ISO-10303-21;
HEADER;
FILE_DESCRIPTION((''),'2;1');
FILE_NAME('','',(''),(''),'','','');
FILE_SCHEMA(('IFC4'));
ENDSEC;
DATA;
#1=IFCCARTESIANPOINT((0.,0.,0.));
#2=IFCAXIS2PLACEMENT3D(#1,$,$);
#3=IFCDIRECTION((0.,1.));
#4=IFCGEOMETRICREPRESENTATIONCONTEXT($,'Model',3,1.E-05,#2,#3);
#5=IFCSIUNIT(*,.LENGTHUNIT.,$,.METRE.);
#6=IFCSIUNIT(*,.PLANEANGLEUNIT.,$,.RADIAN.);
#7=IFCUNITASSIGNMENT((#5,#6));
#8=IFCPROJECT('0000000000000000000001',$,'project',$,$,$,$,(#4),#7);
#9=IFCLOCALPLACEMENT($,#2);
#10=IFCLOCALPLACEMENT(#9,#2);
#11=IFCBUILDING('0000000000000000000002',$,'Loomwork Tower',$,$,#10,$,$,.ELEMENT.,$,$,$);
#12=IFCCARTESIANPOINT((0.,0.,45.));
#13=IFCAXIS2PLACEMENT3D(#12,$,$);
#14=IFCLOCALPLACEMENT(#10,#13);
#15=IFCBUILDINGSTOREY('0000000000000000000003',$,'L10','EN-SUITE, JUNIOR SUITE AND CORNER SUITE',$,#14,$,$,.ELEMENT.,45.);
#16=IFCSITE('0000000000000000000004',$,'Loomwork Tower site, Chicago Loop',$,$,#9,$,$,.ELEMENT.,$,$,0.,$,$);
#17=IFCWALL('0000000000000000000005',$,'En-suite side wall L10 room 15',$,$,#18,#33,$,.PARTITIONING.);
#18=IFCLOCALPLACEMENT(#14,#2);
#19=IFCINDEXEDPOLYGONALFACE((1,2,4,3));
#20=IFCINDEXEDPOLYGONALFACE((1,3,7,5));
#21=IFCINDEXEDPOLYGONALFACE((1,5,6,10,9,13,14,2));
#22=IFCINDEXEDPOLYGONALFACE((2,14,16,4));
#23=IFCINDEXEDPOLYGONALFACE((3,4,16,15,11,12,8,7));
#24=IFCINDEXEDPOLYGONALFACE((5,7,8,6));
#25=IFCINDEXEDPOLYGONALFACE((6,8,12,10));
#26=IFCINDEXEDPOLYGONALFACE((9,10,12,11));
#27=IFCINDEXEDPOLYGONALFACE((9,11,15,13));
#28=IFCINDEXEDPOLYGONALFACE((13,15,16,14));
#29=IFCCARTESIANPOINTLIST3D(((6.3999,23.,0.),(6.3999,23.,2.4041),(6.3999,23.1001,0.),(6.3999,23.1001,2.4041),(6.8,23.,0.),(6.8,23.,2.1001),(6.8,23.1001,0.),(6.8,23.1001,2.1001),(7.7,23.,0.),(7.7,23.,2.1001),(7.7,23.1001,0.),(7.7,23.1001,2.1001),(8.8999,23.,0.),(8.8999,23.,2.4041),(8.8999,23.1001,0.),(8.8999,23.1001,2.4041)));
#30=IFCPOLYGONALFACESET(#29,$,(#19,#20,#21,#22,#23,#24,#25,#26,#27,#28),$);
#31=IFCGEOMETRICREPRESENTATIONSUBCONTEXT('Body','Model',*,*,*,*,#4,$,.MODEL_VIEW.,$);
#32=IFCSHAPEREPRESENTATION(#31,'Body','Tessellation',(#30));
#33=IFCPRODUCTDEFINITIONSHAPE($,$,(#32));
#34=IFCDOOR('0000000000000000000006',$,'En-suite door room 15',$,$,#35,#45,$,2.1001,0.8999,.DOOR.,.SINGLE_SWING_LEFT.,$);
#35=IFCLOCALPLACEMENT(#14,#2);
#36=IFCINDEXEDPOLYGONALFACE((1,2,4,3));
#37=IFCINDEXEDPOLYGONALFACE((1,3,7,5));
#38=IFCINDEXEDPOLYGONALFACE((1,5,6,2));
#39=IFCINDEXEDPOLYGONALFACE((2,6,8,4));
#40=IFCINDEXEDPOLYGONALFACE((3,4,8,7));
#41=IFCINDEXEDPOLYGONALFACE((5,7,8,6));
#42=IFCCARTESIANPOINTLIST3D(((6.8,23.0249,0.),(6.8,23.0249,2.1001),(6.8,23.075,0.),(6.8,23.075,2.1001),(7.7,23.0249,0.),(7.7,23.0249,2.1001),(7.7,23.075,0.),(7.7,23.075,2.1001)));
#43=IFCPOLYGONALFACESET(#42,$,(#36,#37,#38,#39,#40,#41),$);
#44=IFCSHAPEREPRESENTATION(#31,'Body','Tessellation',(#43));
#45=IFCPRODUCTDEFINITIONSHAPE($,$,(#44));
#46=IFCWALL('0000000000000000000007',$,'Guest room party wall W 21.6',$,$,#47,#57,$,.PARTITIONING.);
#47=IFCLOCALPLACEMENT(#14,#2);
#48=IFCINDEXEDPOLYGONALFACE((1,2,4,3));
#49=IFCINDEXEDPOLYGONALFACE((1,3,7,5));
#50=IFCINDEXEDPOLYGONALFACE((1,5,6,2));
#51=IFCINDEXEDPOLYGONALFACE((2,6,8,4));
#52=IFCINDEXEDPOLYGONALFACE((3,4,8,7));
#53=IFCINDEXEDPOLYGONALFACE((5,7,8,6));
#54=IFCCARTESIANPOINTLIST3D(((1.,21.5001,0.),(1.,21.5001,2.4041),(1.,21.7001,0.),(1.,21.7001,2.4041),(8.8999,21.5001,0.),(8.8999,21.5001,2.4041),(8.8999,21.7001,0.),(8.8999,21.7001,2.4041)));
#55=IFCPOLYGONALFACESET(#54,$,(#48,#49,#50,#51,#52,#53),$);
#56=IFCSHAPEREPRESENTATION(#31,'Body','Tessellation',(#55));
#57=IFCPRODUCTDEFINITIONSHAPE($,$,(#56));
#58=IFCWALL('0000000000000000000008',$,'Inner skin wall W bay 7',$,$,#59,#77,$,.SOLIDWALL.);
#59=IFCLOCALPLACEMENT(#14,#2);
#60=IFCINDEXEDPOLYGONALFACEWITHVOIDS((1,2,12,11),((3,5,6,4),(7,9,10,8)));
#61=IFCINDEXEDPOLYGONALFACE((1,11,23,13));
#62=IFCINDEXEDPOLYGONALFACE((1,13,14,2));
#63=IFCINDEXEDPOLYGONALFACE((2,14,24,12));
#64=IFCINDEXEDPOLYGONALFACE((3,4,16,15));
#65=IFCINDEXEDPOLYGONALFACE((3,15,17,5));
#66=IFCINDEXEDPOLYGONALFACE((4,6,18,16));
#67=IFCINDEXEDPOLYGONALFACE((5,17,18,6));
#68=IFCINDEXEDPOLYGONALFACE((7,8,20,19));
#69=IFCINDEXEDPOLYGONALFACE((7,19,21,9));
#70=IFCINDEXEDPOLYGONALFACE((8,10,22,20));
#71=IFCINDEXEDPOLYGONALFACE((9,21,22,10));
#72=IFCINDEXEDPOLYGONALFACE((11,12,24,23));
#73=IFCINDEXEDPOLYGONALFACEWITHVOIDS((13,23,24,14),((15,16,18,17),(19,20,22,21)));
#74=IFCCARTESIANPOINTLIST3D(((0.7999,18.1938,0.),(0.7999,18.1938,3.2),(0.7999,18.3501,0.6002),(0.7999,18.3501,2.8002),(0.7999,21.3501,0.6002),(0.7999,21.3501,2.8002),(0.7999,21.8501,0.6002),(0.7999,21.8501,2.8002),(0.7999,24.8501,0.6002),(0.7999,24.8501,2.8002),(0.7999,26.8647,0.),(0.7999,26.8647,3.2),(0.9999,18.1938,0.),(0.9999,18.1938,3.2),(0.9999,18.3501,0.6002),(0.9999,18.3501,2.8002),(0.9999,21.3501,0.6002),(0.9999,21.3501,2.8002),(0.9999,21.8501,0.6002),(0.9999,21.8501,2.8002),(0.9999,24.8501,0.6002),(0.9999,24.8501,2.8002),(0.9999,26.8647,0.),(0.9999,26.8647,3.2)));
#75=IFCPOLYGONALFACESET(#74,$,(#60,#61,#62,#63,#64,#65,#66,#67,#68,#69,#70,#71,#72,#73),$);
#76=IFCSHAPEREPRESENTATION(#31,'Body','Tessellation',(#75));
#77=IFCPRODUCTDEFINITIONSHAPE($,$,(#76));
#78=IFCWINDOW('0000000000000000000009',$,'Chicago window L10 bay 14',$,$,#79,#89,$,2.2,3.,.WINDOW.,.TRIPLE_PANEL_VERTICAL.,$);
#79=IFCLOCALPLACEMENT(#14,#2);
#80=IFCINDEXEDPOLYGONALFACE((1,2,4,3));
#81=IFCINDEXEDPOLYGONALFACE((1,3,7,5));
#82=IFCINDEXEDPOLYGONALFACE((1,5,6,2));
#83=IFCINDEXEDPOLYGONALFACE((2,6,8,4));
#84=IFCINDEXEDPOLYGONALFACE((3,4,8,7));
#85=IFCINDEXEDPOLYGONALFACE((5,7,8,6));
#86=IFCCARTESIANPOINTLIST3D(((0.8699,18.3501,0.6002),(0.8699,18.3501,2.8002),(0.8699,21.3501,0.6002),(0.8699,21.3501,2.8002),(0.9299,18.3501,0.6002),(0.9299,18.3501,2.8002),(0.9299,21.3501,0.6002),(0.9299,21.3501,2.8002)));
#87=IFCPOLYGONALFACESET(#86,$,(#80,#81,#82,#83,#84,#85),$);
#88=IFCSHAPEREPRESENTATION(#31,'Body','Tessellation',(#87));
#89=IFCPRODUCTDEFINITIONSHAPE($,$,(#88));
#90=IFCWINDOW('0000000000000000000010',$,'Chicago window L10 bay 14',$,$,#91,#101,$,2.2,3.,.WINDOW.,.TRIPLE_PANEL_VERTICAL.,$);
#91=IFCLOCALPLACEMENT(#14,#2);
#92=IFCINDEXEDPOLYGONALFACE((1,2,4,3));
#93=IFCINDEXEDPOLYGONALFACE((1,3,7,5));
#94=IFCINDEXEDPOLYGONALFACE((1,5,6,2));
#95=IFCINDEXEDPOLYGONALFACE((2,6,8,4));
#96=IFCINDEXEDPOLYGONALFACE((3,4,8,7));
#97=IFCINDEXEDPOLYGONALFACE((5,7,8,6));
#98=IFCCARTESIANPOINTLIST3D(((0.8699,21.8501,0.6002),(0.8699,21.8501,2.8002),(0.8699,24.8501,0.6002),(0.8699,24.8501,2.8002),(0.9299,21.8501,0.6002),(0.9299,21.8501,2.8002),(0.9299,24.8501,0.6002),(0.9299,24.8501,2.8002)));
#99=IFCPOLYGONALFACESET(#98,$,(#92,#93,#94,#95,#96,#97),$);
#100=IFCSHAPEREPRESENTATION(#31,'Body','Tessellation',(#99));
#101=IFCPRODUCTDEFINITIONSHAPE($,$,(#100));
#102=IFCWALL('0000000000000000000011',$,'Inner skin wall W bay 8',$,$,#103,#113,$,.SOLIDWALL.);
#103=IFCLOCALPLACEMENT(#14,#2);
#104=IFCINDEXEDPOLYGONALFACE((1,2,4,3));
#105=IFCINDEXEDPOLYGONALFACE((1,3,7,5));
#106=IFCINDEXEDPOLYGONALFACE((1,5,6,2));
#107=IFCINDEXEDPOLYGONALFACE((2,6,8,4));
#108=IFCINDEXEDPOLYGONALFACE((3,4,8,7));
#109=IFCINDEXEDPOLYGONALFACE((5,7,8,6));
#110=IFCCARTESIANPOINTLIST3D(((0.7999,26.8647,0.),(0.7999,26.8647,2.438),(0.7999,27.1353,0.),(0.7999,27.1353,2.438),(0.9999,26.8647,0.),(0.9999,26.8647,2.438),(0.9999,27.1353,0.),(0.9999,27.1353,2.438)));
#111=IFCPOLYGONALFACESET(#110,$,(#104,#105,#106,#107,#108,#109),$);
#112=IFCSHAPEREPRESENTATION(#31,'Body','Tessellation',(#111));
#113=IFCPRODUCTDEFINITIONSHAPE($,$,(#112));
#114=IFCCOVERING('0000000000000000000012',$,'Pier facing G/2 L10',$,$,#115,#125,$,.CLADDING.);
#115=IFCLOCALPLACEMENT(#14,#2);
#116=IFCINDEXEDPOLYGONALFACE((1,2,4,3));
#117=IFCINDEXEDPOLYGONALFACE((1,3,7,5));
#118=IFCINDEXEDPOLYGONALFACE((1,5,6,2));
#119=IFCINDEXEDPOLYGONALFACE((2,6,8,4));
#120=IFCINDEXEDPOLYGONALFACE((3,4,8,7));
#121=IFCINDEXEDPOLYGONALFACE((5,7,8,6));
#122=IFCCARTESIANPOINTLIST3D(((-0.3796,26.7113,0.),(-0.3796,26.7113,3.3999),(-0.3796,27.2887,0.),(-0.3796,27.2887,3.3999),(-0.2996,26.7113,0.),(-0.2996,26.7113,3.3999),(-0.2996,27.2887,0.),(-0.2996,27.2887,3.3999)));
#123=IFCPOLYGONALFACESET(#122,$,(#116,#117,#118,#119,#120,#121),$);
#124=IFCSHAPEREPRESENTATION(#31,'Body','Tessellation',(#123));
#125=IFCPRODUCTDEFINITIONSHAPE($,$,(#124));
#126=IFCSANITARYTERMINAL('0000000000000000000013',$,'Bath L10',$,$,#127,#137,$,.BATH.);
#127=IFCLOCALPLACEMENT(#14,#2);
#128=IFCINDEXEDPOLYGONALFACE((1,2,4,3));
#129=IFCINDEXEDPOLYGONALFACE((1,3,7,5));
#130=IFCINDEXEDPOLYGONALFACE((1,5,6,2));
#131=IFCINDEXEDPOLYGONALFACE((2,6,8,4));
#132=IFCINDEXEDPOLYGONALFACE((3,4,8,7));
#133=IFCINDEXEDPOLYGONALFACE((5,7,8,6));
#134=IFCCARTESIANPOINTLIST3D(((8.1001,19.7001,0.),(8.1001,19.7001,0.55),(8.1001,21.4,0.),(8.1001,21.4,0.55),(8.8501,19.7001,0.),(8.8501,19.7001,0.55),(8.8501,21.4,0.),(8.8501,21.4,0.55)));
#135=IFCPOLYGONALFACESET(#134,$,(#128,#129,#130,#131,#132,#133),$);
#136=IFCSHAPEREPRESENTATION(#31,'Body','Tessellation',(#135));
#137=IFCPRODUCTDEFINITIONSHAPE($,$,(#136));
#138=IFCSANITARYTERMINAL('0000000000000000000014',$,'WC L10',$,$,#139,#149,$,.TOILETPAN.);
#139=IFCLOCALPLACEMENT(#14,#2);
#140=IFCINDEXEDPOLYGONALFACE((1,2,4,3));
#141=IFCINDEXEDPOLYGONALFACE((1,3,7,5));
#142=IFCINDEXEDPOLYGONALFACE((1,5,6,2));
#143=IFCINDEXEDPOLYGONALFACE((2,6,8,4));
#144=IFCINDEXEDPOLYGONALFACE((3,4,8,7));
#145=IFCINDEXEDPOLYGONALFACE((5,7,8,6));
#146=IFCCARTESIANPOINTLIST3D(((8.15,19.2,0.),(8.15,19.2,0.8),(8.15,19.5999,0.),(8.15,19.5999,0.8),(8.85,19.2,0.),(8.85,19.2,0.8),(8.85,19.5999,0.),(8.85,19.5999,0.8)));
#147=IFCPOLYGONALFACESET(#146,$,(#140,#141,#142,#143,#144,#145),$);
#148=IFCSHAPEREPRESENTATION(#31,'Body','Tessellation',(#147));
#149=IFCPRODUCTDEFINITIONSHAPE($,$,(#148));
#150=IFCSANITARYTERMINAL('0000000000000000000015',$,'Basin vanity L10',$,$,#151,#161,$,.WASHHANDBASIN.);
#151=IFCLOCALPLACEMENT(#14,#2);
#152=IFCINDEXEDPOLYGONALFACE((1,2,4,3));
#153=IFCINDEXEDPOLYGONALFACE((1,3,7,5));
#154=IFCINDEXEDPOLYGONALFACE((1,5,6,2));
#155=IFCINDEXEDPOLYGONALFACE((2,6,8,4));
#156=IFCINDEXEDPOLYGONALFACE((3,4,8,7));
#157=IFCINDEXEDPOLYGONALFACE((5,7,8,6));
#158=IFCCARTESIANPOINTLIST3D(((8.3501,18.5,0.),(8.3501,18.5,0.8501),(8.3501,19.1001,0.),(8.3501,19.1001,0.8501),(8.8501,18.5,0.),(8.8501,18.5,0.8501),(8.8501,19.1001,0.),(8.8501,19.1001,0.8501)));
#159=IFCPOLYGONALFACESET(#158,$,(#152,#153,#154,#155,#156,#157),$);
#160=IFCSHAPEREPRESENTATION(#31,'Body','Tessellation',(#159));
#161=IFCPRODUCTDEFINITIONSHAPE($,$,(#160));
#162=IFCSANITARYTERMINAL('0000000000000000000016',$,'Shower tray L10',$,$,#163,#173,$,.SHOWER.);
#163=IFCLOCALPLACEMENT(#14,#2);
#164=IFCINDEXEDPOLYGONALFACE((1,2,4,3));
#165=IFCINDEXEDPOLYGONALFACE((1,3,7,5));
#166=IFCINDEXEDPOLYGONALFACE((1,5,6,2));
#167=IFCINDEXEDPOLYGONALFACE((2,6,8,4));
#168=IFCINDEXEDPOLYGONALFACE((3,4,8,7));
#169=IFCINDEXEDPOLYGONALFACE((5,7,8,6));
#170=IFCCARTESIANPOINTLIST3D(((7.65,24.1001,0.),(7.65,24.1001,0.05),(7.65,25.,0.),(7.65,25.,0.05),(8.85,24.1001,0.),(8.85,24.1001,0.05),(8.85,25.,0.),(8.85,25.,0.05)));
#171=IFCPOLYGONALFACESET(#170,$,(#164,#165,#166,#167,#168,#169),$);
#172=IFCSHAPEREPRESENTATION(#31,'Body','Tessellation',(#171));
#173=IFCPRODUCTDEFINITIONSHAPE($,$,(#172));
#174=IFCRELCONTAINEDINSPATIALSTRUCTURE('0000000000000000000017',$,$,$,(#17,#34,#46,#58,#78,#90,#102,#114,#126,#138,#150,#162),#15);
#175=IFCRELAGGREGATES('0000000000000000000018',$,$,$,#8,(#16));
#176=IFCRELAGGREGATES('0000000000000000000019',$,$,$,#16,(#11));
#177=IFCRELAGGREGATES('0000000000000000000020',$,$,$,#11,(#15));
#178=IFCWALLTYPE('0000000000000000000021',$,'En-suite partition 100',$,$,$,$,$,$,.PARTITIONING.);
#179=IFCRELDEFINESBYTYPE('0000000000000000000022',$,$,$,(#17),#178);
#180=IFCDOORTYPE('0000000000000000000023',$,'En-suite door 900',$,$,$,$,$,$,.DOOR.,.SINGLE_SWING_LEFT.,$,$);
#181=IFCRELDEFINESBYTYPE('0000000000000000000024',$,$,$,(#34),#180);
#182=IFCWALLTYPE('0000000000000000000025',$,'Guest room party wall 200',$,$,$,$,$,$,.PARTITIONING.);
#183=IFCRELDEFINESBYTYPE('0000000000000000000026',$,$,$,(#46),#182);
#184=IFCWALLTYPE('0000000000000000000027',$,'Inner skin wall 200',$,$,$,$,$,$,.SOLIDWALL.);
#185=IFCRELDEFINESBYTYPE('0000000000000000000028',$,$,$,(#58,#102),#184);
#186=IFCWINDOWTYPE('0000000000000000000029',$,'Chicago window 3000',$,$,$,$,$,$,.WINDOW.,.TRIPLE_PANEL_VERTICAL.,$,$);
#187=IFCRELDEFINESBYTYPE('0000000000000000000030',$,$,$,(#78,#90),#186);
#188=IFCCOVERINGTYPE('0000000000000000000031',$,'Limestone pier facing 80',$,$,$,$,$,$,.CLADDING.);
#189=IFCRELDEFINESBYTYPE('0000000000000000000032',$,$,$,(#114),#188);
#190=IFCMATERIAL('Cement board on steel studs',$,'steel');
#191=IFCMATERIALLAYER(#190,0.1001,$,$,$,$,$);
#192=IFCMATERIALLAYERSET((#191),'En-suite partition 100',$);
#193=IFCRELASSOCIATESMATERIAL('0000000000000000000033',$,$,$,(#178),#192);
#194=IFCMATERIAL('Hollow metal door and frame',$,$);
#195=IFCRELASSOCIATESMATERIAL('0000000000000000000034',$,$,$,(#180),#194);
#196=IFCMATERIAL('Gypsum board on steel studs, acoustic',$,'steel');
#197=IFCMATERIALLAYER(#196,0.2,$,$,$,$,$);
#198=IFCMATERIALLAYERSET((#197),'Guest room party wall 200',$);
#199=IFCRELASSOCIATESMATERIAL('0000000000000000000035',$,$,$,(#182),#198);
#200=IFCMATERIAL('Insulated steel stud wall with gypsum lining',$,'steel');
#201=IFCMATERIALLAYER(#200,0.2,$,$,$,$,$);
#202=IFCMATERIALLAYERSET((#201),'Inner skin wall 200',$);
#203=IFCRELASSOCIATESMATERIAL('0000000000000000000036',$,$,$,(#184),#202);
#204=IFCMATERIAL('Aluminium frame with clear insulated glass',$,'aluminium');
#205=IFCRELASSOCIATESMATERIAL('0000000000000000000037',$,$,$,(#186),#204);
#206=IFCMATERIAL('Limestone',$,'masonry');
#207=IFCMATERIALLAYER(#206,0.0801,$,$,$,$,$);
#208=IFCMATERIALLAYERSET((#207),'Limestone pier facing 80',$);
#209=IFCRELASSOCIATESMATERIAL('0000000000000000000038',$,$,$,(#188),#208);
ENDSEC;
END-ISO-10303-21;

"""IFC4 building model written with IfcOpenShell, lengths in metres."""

from ifc_helpers import new_model, si_unit, direction, frame, frame_2d, origin, origin_2d, place, context, subcontext, project, spatial, rectangle, extrude, material, layer, layer_set, type_object, element, fill, save


model = new_model("IFC4")

# Units and contexts
model_context = context("Model", 3, precision=1e-05, world=origin(), true_north=direction((0.0, 1.0)))
body_context = subcontext(model_context, "Body", "Model", "MODEL_VIEW")
ifc_project = project(units=[si_unit("LENGTHUNIT", "METRE"), si_unit("PLANEANGLEUNIT", "RADIAN")], contexts=[model_context])

# Site, building, storey
site_placement = place(None, origin())
site = spatial("IfcSite", under=ifc_project, at=site_placement, Name="Loomwork Tower site, Chicago Loop", CompositionType="ELEMENT", RefElevation=0.0)
building_placement = place(site_placement, origin())
building = spatial("IfcBuilding", under=site, at=building_placement, Name="Loomwork Tower", CompositionType="ELEMENT")
storey_placement = place(building_placement, frame((0.0, 0.0, 45.0)))
storey = spatial("IfcBuildingStorey", under=building, at=storey_placement, Name="L10", Description="EN-SUITE, JUNIOR SUITE AND CORNER SUITE", CompositionType="ELEMENT", Elevation=45.0)

# Shared definitions
ifc_material_1 = material(Name="Cement board on steel studs", Category="steel")
ifc_layer_1 = layer(ifc_material_1, 0.1001)
ifc_layer_set_1 = layer_set([ifc_layer_1], Name="En-suite partition 100")
wall_type_1 = type_object("IfcWallType", Name="En-suite partition 100", PredefinedType="PARTITIONING", material=ifc_layer_set_1)

# Shared definitions
ifc_material_2 = material(Name="Hollow metal door and frame")
door_type = type_object("IfcDoorType", Name="En-suite door 900", OperationType="SINGLE_SWING_LEFT", PredefinedType="DOOR", material=ifc_material_2)

# Wall, opening, door
wall_1_placement = place(storey_placement, frame((8.8999, 23.05, 0.0), z_axis=(0.0, 0.0, 1.0), x_axis=(-1.0, 0.0, 0.0)))
wall_1 = element("IfcWall", 1, at=wall_1_placement, inside=storey, type_object=wall_type_1, Name="En-suite side wall L10 room 15", PredefinedType="PARTITIONING", context=body_context, shape_type="SweptSolid", body=[
    extrude(rectangle(XDim=2.5, YDim=0.1001, at=frame_2d((1.25, 0.0))), origin(), (0.0, 0.0, 1.0), 2.4041),
])
opening_1_placement = place(wall_1_placement, frame((1.2, 0.0, 0.0)))
opening_1 = element("IfcOpeningElement", 2, at=opening_1_placement, cuts=wall_1, PredefinedType="OPENING", context=body_context, shape_type="SweptSolid", body=[
    extrude(rectangle(XDim=0.8999, YDim=2.1001, at=frame_2d((0.45, 1.05))), frame((0.0, 0.0601, 0.0), z_axis=(0.0, -1.0, 0.0), x_axis=(1.0, 0.0, 0.0)), (0.0, 0.0, 1.0), 0.1201),
])
door_1_placement = place(opening_1_placement, frame((0.8999, 0.0, 0.0), z_axis=(0.0, 0.0, 1.0), x_axis=(-1.0, 0.0, 0.0)))
door_1 = element("IfcDoor", 3, at=door_1_placement, inside=storey, type_object=door_type, Name="En-suite door room 15", OperationType="SINGLE_SWING_LEFT", OverallHeight=2.1001, OverallWidth=0.8999, PredefinedType="DOOR", context=body_context, shape_type="SweptSolid", body=[
    extrude(rectangle(XDim=0.8999, YDim=2.1001, at=frame_2d((0.45, 1.05))), frame((0.0, 0.0249, 0.0), z_axis=(0.0, -1.0, 0.0), x_axis=(1.0, 0.0, 0.0)), (0.0, 0.0, 1.0), 0.05),
])
fill(opening_1, door_1)

# Wall
ifc_material_3 = material(Name="Gypsum board on steel studs, acoustic", Category="steel")
ifc_layer_2 = layer(ifc_material_3, 0.2)
ifc_layer_set_2 = layer_set([ifc_layer_2], Name="Guest room party wall 200")
wall_type_2 = type_object("IfcWallType", Name="Guest room party wall 200", PredefinedType="PARTITIONING", material=ifc_layer_set_2)
wall_2_placement = place(storey_placement, frame((8.8999, 21.6001, 0.0), z_axis=(0.0, 0.0, 1.0), x_axis=(-1.0, 0.0, 0.0)))
element("IfcWall", 4, at=wall_2_placement, inside=storey, type_object=wall_type_2, Name="Guest room party wall W 21.6", PredefinedType="PARTITIONING", context=body_context, shape_type="SweptSolid", body=[
    extrude(rectangle(XDim=7.8999, YDim=0.2, at=frame_2d((3.95, 0.0))), origin(), (0.0, 0.0, 1.0), 2.4041),
])

# Wall, openings, windows
ifc_material_4 = material(Name="Insulated steel stud wall with gypsum lining", Category="steel")
ifc_layer_3 = layer(ifc_material_4, 0.2)
ifc_layer_set_3 = layer_set([ifc_layer_3], Name="Inner skin wall 200")
wall_type_3 = type_object("IfcWallType", Name="Inner skin wall 200", PredefinedType="SOLIDWALL", material=ifc_layer_set_3)
wall_3_placement = place(storey_placement, frame((0.8999, 18.1938, 0.0), z_axis=(0.0, 0.0, 1.0), x_axis=(0.0, 1.0, 0.0)))
wall_3 = element("IfcWall", 5, at=wall_3_placement, inside=storey, type_object=wall_type_3, Name="Inner skin wall W bay 7", PredefinedType="SOLIDWALL", context=body_context, shape_type="SweptSolid", body=[
    extrude(rectangle(XDim=8.6709, YDim=0.2, at=frame_2d((4.3354, 0.0))), origin(), (0.0, 0.0, 1.0), 3.2),
])
opening_2_placement = place(wall_3_placement, frame((0.1562, 0.0, 0.6001)))
opening_2 = element("IfcOpeningElement", 6, at=opening_2_placement, cuts=wall_3, PredefinedType="OPENING", context=body_context, shape_type="SweptSolid", body=[
    extrude(rectangle(XDim=3.0, YDim=2.2, at=frame_2d((1.5, 1.1001))), frame((0.0, 0.1099, 0.0), z_axis=(0.0, -1.0, 0.0), x_axis=(1.0, 0.0, 0.0)), (0.0, 0.0, 1.0), 0.22),
])
opening_3_placement = place(wall_3_placement, frame((3.6562, 0.0, 0.6001)))
opening_3 = element("IfcOpeningElement", 7, at=opening_3_placement, cuts=wall_3, PredefinedType="OPENING", context=body_context, shape_type="SweptSolid", body=[
    extrude(rectangle(XDim=3.0, YDim=2.2, at=frame_2d((1.5, 1.1001))), frame((0.0, 0.1099, 0.0), z_axis=(0.0, -1.0, 0.0), x_axis=(1.0, 0.0, 0.0)), (0.0, 0.0, 1.0), 0.22),
])
ifc_material_5 = material(Name="Aluminium frame with clear insulated glass", Category="aluminium")
window_type = type_object("IfcWindowType", Name="Chicago window 3000", PartitioningType="TRIPLE_PANEL_VERTICAL", PredefinedType="WINDOW", material=ifc_material_5)
window_1_placement = place(opening_2_placement, origin())
window_1 = element("IfcWindow", 8, at=window_1_placement, inside=storey, type_object=window_type, Name="Chicago window L10 bay 14", OverallHeight=2.2, OverallWidth=3.0, PartitioningType="TRIPLE_PANEL_VERTICAL", PredefinedType="WINDOW", context=body_context, shape_type="SweptSolid", body=[
    extrude(rectangle(XDim=3.0, YDim=2.2, at=frame_2d((1.5, 1.1001))), frame((0.0, 0.03, 0.0), z_axis=(0.0, -1.0, 0.0), x_axis=(1.0, 0.0, 0.0)), (0.0, 0.0, 1.0), 0.0601),
])
fill(opening_2, window_1)
window_2_placement = place(opening_3_placement, origin())
window_2 = element("IfcWindow", 9, at=window_2_placement, inside=storey, type_object=window_type, Name="Chicago window L10 bay 14", OverallHeight=2.2, OverallWidth=3.0, PartitioningType="TRIPLE_PANEL_VERTICAL", PredefinedType="WINDOW", context=body_context, shape_type="SweptSolid", body=[
    extrude(rectangle(XDim=3.0, YDim=2.2, at=frame_2d((1.5, 1.1001))), frame((0.0, 0.03, 0.0), z_axis=(0.0, -1.0, 0.0), x_axis=(1.0, 0.0, 0.0)), (0.0, 0.0, 1.0), 0.0601),
])
fill(opening_3, window_2)

# Wall
wall_4_placement = place(storey_placement, frame((0.8999, 26.8647, 0.0), z_axis=(0.0, 0.0, 1.0), x_axis=(0.0, 1.0, 0.0)))
element("IfcWall", 10, at=wall_4_placement, inside=storey, type_object=wall_type_3, Name="Inner skin wall W bay 8", PredefinedType="SOLIDWALL", context=body_context, shape_type="SweptSolid", body=[
    extrude(rectangle(XDim=0.2705, YDim=0.2, at=frame_2d((0.1353, 0.0))), origin(), (0.0, 0.0, 1.0), 2.438),
])

# Covering
ifc_material_6 = material(Name="Limestone", Category="masonry")
ifc_layer_4 = layer(ifc_material_6, 0.0801)
ifc_layer_set_4 = layer_set([ifc_layer_4], Name="Limestone pier facing 80")
covering_type = type_object("IfcCoveringType", Name="Limestone pier facing 80", PredefinedType="CLADDING", material=ifc_layer_set_4)
covering_placement = place(storey_placement, frame((-0.3396, 27.0, 0.0), z_axis=(0.0, 0.0, 1.0), x_axis=(1.0, 0.0, 0.0)))
element("IfcCovering", 11, at=covering_placement, inside=storey, type_object=covering_type, Name="Pier facing G/2 L10", PredefinedType="CLADDING", context=body_context, shape_type="SweptSolid", body=[
    extrude(rectangle(XDim=0.0801, YDim=0.5774, at=origin_2d()), origin(), (0.0, 0.0, 1.0), 3.3999),
])

# Sanitary terminals
sanitary_terminal_1_placement = place(storey_placement, frame((8.4751, 20.55, 0.0), z_axis=(0.0, 0.0, 1.0), x_axis=(1.0, 0.0, 0.0)))
element("IfcSanitaryTerminal", 12, at=sanitary_terminal_1_placement, inside=storey, Name="Bath L10", PredefinedType="BATH", context=body_context, shape_type="SweptSolid", body=[
    extrude(rectangle(XDim=0.75, YDim=1.7, at=origin_2d()), origin(), (0.0, 0.0, 1.0), 0.55),
])
sanitary_terminal_2_placement = place(storey_placement, frame((8.5, 19.3999, 0.0), z_axis=(0.0, 0.0, 1.0), x_axis=(1.0, 0.0, 0.0)))
element("IfcSanitaryTerminal", 13, at=sanitary_terminal_2_placement, inside=storey, Name="WC L10", PredefinedType="TOILETPAN", context=body_context, shape_type="SweptSolid", body=[
    extrude(rectangle(XDim=0.7, YDim=0.3999, at=origin_2d()), origin(), (0.0, 0.0, 1.0), 0.8),
])
sanitary_terminal_3_placement = place(storey_placement, frame((8.6001, 18.8, 0.0), z_axis=(0.0, 0.0, 1.0), x_axis=(1.0, 0.0, 0.0)))
element("IfcSanitaryTerminal", 14, at=sanitary_terminal_3_placement, inside=storey, Name="Basin vanity L10", PredefinedType="WASHHANDBASIN", context=body_context, shape_type="SweptSolid", body=[
    extrude(rectangle(XDim=0.5, YDim=0.6001, at=origin_2d()), origin(), (0.0, 0.0, 1.0), 0.8501),
])
sanitary_terminal_4_placement = place(storey_placement, frame((8.25, 24.55, 0.0), z_axis=(0.0, 0.0, 1.0), x_axis=(1.0, 0.0, 0.0)))
element("IfcSanitaryTerminal", 15, at=sanitary_terminal_4_placement, inside=storey, Name="Shower tray L10", PredefinedType="SHOWER", context=body_context, shape_type="SweptSolid", body=[
    extrude(rectangle(XDim=1.2, YDim=0.8999, at=origin_2d()), origin(), (0.0, 0.0, 1.0), 0.05),
])

save(model, "model.ifc")
